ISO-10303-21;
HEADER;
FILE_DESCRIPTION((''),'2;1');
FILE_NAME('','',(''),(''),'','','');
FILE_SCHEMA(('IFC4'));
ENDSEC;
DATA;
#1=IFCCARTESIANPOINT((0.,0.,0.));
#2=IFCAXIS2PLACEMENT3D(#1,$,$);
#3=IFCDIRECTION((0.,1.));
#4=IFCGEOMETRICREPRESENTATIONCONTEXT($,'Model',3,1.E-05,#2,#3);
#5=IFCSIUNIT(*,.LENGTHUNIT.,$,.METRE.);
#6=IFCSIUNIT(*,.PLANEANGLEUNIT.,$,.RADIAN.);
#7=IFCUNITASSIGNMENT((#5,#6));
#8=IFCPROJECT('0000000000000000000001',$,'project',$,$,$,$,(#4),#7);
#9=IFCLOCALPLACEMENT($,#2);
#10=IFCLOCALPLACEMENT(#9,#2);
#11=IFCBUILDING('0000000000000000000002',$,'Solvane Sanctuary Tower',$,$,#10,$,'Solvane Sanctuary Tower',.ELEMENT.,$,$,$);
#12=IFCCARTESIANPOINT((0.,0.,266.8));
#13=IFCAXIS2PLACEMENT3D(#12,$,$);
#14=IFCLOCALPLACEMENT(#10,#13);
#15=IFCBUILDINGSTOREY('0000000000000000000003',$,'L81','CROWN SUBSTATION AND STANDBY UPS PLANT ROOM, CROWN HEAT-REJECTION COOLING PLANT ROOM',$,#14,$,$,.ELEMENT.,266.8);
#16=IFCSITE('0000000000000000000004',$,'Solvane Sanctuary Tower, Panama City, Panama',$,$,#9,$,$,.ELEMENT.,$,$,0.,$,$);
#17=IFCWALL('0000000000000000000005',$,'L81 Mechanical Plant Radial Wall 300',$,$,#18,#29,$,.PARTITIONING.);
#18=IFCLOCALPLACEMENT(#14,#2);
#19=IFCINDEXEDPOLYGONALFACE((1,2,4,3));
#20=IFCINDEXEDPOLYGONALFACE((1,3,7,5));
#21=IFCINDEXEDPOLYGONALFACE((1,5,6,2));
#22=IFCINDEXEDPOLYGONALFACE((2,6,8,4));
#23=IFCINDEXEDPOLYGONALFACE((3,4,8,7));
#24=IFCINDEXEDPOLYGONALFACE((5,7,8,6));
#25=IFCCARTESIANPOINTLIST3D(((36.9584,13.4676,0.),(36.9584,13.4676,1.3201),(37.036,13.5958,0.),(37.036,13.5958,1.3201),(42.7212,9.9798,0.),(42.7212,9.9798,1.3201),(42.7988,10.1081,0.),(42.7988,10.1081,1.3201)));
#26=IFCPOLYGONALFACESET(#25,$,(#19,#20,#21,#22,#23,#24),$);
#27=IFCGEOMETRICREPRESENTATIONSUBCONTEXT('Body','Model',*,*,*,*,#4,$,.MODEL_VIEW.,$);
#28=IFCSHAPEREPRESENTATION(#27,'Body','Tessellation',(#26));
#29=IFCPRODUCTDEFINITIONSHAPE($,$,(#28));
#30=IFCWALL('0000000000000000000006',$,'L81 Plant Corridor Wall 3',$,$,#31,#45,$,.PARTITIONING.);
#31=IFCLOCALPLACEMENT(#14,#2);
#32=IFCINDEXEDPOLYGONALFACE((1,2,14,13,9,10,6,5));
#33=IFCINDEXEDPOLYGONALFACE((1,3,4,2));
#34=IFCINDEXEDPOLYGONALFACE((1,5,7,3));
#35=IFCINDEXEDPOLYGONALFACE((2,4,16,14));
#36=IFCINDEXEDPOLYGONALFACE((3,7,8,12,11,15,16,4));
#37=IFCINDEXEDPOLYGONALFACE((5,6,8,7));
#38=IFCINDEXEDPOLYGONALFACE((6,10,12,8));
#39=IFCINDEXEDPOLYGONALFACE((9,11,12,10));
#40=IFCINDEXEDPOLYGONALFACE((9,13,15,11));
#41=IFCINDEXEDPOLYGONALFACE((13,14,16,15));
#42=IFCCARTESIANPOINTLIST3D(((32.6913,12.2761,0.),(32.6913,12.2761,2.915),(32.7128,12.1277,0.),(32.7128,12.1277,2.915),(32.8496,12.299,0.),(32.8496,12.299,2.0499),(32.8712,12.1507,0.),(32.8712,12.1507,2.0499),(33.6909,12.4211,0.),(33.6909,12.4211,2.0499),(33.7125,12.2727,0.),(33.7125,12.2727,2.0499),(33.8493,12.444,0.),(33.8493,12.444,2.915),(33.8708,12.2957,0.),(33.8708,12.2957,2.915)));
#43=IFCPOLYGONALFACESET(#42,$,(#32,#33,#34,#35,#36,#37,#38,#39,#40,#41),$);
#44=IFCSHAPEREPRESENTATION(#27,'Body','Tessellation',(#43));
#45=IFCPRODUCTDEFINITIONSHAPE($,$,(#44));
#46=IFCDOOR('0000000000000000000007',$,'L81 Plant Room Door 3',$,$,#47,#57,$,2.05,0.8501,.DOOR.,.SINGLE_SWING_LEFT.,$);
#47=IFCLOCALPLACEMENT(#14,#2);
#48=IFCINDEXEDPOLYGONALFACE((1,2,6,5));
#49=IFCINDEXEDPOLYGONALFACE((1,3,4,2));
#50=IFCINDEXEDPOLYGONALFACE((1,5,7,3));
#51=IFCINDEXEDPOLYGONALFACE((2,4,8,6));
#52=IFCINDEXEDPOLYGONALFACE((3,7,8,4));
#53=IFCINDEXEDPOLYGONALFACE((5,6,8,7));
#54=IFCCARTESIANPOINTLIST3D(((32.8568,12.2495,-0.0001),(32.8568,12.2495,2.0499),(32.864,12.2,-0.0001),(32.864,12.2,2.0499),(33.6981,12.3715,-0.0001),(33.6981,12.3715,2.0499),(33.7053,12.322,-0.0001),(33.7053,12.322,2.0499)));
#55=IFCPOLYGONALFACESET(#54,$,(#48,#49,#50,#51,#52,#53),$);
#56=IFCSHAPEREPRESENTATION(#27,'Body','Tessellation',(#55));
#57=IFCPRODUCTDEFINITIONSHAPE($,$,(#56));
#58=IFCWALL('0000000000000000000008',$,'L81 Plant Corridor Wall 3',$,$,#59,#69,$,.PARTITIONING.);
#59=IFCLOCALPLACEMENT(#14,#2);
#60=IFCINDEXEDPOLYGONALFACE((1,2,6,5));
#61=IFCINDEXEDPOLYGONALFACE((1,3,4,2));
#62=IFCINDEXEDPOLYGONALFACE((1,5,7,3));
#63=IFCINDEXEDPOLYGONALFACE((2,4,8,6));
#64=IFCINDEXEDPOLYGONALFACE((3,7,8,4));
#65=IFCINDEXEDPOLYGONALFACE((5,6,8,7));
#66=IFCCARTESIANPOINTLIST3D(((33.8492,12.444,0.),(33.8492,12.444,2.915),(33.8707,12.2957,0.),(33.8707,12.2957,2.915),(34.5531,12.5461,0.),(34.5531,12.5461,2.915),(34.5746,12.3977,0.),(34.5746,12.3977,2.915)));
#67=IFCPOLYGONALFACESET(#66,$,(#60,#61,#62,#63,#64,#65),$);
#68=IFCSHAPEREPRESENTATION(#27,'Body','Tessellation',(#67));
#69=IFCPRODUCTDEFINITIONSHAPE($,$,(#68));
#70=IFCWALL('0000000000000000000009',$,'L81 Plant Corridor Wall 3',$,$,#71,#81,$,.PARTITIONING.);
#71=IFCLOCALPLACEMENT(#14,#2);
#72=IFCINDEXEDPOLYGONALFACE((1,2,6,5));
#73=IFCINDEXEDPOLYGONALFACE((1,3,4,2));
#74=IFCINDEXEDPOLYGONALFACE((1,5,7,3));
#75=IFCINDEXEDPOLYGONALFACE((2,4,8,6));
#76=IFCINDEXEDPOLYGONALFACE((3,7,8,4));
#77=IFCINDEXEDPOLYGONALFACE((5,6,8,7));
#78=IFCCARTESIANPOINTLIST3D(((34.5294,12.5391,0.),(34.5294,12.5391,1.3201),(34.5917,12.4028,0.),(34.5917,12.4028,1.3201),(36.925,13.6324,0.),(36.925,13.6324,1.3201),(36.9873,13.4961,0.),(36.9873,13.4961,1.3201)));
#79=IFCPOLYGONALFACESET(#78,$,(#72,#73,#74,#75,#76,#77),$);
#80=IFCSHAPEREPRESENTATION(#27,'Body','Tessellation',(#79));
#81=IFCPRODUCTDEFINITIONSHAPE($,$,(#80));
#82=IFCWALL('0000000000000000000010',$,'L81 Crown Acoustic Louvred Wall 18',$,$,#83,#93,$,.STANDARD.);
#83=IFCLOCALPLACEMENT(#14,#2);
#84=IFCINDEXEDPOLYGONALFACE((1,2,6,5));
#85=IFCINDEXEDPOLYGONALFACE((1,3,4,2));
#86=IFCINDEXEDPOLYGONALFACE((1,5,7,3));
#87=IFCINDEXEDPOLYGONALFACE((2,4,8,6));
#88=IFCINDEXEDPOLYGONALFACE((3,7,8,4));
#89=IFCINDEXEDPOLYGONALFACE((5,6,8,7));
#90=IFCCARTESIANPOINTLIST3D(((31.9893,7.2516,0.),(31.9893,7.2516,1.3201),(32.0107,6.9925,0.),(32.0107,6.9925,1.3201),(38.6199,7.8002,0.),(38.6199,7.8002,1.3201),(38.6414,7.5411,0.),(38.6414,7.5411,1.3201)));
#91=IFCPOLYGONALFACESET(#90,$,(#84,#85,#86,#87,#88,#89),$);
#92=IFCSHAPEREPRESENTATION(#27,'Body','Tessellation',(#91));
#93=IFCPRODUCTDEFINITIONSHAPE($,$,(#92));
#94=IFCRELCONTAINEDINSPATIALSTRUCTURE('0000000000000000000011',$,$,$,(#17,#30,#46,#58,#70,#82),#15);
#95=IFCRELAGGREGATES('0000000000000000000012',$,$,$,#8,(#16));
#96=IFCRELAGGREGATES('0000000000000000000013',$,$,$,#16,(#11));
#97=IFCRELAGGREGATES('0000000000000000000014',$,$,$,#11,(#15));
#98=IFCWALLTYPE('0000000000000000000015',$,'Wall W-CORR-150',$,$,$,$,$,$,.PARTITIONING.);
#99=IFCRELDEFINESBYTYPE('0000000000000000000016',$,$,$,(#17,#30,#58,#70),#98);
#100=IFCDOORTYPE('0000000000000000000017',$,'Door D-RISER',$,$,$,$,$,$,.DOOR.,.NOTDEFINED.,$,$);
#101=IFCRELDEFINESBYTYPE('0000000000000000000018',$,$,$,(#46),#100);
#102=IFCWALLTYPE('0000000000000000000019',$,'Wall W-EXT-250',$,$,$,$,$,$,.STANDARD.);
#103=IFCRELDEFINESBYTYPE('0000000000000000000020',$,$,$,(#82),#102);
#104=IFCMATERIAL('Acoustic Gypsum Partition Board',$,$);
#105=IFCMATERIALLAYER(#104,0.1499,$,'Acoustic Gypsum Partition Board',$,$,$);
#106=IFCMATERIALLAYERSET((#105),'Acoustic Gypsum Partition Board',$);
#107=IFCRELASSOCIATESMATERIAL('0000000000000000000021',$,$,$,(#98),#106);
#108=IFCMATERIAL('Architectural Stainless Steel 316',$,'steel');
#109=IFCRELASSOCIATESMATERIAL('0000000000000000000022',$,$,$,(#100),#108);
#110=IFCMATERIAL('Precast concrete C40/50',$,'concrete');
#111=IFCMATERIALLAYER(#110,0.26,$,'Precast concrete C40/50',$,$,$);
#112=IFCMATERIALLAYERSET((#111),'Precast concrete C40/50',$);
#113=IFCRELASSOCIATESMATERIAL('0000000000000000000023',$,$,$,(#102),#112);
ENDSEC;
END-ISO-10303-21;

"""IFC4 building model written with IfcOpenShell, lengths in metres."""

from ifc_helpers import new_model, si_unit, direction, frame, frame_2d, origin, place, context, subcontext, project, spatial, rectangle, extrude, material, layer, layer_set, type_object, element, fill, save


model = new_model("IFC4")

# Units and contexts
model_context = context("Model", 3, precision=1e-05, world=origin(), true_north=direction((0.0, 1.0)))
body_context = subcontext(model_context, "Body", "Model", "MODEL_VIEW")
ifc_project = project(units=[si_unit("LENGTHUNIT", "METRE"), si_unit("PLANEANGLEUNIT", "RADIAN")], contexts=[model_context])

# Site, building, storey
site_placement = place(None, origin())
site = spatial("IfcSite", under=ifc_project, at=site_placement, Name="Solvane Sanctuary Tower, Panama City, Panama", CompositionType="ELEMENT", RefElevation=0.0)
building_placement = place(site_placement, origin())
building = spatial("IfcBuilding", under=site, at=building_placement, Name="Solvane Sanctuary Tower", LongName="Solvane Sanctuary Tower", CompositionType="ELEMENT")
storey_placement = place(building_placement, frame((0.0, 0.0, 266.8)))
storey = spatial("IfcBuildingStorey", under=building, at=storey_placement, Name="L81", Description="CROWN SUBSTATION AND STANDBY UPS PLANT ROOM, CROWN HEAT-REJECTION COOLING PLANT ROOM", CompositionType="ELEMENT", Elevation=266.8)

# Wall
ifc_material_1 = material(Name="Acoustic Gypsum Partition Board")
ifc_layer_1 = layer(ifc_material_1, 0.1499, Name="Acoustic Gypsum Partition Board")
ifc_layer_set_1 = layer_set([ifc_layer_1], Name="Acoustic Gypsum Partition Board")
wall_type_1 = type_object("IfcWallType", Name="Wall W-CORR-150", PredefinedType="PARTITIONING", material=ifc_layer_set_1)
wall_1_placement = place(storey_placement, frame((36.9971, 13.5317, 0.0), z_axis=(0.0, 0.0, 1.0), x_axis=(0.85552, -0.51777, 0.0)))
element("IfcWall", 1, at=wall_1_placement, inside=storey, type_object=wall_type_1, Name="L81 Mechanical Plant Radial Wall 300", PredefinedType="PARTITIONING", context=body_context, shape_type="SweptSolid", body=[
    extrude(rectangle(XDim=6.7361, YDim=0.1499, at=frame_2d((3.3682, 0.0))), origin(), (0.0, 0.0, 1.0), 1.3201),
])

# Wall, opening, door
wall_2_placement = place(storey_placement, frame((32.7021, 12.2019, 0.0), z_axis=(0.0, 0.0, 1.0), x_axis=(0.989643, 0.143553, 0.0)))
wall_2 = element("IfcWall", 2, at=wall_2_placement, inside=storey, type_object=wall_type_1, Name="L81 Plant Corridor Wall 3", PredefinedType="PARTITIONING", context=body_context, shape_type="SweptSolid", body=[
    extrude(rectangle(XDim=1.1702, YDim=0.1499, at=frame_2d((0.585, 0.0))), origin(), (0.0, 0.0, 1.0), 2.915),
])
opening_placement = place(wall_2_placement, frame((0.1599, 0.0, 0.0)))
opening = element("IfcOpeningElement", 3, at=opening_placement, cuts=wall_2, PredefinedType="OPENING", context=body_context, shape_type="SweptSolid", body=[
    extrude(rectangle(XDim=0.8501, YDim=2.05, at=frame_2d((0.425, 1.0249))), frame((0.0, 0.085, 0.0), z_axis=(0.0, -1.0, 0.0), x_axis=(1.0, 0.0, 0.0)), (0.0, 0.0, 1.0), 0.1699),
])
ifc_material_2 = material(Name="Architectural Stainless Steel 316", Category="steel")
door_type = type_object("IfcDoorType", Name="Door D-RISER", OperationType="NOTDEFINED", PredefinedType="DOOR", material=ifc_material_2)
door_placement = place(opening_placement, origin())
door = element("IfcDoor", 4, at=door_placement, inside=storey, type_object=door_type, Name="L81 Plant Room Door 3", OperationType="SINGLE_SWING_LEFT", OverallHeight=2.05, OverallWidth=0.8501, PredefinedType="DOOR", context=body_context, shape_type="SweptSolid", body=[
    extrude(rectangle(XDim=0.8501, YDim=2.05, at=frame_2d((0.425, 1.0249))), frame((0.0, 0.0249, 0.0), z_axis=(0.0, -1.0, 0.0), x_axis=(1.0, 0.0, 0.0)), (0.0, 0.0, 1.0), 0.05),
])
fill(opening, door)

# Walls
wall_3_placement = place(storey_placement, frame((33.8601, 12.3699, 0.0), z_axis=(0.0, 0.0, 1.0), x_axis=(0.989652, 0.143488, 0.0)))
element("IfcWall", 5, at=wall_3_placement, inside=storey, type_object=wall_type_1, Name="L81 Plant Corridor Wall 3", PredefinedType="PARTITIONING", context=body_context, shape_type="SweptSolid", body=[
    extrude(rectangle(XDim=0.7112, YDim=0.1499, at=frame_2d((0.3555, 0.0))), origin(), (0.0, 0.0, 1.0), 2.915),
])
wall_4_placement = place(storey_placement, frame((34.5605, 12.4709, 0.0), z_axis=(0.0, 0.0, 1.0), x_axis=(0.909737, 0.415186, 0.0)))
element("IfcWall", 6, at=wall_4_placement, inside=storey, type_object=wall_type_1, Name="L81 Plant Corridor Wall 3", PredefinedType="PARTITIONING", context=body_context, shape_type="SweptSolid", body=[
    extrude(rectangle(XDim=2.6333, YDim=0.1499, at=frame_2d((1.3167, 0.0))), origin(), (0.0, 0.0, 1.0), 1.3201),
])
ifc_material_3 = material(Name="Precast concrete C40/50", Category="concrete")
ifc_layer_2 = layer(ifc_material_3, 0.26, Name="Precast concrete C40/50")
ifc_layer_set_2 = layer_set([ifc_layer_2], Name="Precast concrete C40/50")
wall_type_2 = type_object("IfcWallType", Name="Wall W-EXT-250", PredefinedType="STANDARD", material=ifc_layer_set_2)
wall_5_placement = place(storey_placement, frame((32.0, 7.1221, 0.0), z_axis=(0.0, 0.0, 1.0), x_axis=(0.996595, 0.082453, 0.0)))
element("IfcWall", 7, at=wall_5_placement, inside=storey, type_object=wall_type_2, Name="L81 Crown Acoustic Louvred Wall 18", PredefinedType="STANDARD", context=body_context, shape_type="SweptSolid", body=[
    extrude(rectangle(XDim=6.6533, YDim=0.26, at=frame_2d((3.3267, 0.0))), origin(), (0.0, 0.0, 1.0), 1.3201),
])

save(model, "model.ifc")
